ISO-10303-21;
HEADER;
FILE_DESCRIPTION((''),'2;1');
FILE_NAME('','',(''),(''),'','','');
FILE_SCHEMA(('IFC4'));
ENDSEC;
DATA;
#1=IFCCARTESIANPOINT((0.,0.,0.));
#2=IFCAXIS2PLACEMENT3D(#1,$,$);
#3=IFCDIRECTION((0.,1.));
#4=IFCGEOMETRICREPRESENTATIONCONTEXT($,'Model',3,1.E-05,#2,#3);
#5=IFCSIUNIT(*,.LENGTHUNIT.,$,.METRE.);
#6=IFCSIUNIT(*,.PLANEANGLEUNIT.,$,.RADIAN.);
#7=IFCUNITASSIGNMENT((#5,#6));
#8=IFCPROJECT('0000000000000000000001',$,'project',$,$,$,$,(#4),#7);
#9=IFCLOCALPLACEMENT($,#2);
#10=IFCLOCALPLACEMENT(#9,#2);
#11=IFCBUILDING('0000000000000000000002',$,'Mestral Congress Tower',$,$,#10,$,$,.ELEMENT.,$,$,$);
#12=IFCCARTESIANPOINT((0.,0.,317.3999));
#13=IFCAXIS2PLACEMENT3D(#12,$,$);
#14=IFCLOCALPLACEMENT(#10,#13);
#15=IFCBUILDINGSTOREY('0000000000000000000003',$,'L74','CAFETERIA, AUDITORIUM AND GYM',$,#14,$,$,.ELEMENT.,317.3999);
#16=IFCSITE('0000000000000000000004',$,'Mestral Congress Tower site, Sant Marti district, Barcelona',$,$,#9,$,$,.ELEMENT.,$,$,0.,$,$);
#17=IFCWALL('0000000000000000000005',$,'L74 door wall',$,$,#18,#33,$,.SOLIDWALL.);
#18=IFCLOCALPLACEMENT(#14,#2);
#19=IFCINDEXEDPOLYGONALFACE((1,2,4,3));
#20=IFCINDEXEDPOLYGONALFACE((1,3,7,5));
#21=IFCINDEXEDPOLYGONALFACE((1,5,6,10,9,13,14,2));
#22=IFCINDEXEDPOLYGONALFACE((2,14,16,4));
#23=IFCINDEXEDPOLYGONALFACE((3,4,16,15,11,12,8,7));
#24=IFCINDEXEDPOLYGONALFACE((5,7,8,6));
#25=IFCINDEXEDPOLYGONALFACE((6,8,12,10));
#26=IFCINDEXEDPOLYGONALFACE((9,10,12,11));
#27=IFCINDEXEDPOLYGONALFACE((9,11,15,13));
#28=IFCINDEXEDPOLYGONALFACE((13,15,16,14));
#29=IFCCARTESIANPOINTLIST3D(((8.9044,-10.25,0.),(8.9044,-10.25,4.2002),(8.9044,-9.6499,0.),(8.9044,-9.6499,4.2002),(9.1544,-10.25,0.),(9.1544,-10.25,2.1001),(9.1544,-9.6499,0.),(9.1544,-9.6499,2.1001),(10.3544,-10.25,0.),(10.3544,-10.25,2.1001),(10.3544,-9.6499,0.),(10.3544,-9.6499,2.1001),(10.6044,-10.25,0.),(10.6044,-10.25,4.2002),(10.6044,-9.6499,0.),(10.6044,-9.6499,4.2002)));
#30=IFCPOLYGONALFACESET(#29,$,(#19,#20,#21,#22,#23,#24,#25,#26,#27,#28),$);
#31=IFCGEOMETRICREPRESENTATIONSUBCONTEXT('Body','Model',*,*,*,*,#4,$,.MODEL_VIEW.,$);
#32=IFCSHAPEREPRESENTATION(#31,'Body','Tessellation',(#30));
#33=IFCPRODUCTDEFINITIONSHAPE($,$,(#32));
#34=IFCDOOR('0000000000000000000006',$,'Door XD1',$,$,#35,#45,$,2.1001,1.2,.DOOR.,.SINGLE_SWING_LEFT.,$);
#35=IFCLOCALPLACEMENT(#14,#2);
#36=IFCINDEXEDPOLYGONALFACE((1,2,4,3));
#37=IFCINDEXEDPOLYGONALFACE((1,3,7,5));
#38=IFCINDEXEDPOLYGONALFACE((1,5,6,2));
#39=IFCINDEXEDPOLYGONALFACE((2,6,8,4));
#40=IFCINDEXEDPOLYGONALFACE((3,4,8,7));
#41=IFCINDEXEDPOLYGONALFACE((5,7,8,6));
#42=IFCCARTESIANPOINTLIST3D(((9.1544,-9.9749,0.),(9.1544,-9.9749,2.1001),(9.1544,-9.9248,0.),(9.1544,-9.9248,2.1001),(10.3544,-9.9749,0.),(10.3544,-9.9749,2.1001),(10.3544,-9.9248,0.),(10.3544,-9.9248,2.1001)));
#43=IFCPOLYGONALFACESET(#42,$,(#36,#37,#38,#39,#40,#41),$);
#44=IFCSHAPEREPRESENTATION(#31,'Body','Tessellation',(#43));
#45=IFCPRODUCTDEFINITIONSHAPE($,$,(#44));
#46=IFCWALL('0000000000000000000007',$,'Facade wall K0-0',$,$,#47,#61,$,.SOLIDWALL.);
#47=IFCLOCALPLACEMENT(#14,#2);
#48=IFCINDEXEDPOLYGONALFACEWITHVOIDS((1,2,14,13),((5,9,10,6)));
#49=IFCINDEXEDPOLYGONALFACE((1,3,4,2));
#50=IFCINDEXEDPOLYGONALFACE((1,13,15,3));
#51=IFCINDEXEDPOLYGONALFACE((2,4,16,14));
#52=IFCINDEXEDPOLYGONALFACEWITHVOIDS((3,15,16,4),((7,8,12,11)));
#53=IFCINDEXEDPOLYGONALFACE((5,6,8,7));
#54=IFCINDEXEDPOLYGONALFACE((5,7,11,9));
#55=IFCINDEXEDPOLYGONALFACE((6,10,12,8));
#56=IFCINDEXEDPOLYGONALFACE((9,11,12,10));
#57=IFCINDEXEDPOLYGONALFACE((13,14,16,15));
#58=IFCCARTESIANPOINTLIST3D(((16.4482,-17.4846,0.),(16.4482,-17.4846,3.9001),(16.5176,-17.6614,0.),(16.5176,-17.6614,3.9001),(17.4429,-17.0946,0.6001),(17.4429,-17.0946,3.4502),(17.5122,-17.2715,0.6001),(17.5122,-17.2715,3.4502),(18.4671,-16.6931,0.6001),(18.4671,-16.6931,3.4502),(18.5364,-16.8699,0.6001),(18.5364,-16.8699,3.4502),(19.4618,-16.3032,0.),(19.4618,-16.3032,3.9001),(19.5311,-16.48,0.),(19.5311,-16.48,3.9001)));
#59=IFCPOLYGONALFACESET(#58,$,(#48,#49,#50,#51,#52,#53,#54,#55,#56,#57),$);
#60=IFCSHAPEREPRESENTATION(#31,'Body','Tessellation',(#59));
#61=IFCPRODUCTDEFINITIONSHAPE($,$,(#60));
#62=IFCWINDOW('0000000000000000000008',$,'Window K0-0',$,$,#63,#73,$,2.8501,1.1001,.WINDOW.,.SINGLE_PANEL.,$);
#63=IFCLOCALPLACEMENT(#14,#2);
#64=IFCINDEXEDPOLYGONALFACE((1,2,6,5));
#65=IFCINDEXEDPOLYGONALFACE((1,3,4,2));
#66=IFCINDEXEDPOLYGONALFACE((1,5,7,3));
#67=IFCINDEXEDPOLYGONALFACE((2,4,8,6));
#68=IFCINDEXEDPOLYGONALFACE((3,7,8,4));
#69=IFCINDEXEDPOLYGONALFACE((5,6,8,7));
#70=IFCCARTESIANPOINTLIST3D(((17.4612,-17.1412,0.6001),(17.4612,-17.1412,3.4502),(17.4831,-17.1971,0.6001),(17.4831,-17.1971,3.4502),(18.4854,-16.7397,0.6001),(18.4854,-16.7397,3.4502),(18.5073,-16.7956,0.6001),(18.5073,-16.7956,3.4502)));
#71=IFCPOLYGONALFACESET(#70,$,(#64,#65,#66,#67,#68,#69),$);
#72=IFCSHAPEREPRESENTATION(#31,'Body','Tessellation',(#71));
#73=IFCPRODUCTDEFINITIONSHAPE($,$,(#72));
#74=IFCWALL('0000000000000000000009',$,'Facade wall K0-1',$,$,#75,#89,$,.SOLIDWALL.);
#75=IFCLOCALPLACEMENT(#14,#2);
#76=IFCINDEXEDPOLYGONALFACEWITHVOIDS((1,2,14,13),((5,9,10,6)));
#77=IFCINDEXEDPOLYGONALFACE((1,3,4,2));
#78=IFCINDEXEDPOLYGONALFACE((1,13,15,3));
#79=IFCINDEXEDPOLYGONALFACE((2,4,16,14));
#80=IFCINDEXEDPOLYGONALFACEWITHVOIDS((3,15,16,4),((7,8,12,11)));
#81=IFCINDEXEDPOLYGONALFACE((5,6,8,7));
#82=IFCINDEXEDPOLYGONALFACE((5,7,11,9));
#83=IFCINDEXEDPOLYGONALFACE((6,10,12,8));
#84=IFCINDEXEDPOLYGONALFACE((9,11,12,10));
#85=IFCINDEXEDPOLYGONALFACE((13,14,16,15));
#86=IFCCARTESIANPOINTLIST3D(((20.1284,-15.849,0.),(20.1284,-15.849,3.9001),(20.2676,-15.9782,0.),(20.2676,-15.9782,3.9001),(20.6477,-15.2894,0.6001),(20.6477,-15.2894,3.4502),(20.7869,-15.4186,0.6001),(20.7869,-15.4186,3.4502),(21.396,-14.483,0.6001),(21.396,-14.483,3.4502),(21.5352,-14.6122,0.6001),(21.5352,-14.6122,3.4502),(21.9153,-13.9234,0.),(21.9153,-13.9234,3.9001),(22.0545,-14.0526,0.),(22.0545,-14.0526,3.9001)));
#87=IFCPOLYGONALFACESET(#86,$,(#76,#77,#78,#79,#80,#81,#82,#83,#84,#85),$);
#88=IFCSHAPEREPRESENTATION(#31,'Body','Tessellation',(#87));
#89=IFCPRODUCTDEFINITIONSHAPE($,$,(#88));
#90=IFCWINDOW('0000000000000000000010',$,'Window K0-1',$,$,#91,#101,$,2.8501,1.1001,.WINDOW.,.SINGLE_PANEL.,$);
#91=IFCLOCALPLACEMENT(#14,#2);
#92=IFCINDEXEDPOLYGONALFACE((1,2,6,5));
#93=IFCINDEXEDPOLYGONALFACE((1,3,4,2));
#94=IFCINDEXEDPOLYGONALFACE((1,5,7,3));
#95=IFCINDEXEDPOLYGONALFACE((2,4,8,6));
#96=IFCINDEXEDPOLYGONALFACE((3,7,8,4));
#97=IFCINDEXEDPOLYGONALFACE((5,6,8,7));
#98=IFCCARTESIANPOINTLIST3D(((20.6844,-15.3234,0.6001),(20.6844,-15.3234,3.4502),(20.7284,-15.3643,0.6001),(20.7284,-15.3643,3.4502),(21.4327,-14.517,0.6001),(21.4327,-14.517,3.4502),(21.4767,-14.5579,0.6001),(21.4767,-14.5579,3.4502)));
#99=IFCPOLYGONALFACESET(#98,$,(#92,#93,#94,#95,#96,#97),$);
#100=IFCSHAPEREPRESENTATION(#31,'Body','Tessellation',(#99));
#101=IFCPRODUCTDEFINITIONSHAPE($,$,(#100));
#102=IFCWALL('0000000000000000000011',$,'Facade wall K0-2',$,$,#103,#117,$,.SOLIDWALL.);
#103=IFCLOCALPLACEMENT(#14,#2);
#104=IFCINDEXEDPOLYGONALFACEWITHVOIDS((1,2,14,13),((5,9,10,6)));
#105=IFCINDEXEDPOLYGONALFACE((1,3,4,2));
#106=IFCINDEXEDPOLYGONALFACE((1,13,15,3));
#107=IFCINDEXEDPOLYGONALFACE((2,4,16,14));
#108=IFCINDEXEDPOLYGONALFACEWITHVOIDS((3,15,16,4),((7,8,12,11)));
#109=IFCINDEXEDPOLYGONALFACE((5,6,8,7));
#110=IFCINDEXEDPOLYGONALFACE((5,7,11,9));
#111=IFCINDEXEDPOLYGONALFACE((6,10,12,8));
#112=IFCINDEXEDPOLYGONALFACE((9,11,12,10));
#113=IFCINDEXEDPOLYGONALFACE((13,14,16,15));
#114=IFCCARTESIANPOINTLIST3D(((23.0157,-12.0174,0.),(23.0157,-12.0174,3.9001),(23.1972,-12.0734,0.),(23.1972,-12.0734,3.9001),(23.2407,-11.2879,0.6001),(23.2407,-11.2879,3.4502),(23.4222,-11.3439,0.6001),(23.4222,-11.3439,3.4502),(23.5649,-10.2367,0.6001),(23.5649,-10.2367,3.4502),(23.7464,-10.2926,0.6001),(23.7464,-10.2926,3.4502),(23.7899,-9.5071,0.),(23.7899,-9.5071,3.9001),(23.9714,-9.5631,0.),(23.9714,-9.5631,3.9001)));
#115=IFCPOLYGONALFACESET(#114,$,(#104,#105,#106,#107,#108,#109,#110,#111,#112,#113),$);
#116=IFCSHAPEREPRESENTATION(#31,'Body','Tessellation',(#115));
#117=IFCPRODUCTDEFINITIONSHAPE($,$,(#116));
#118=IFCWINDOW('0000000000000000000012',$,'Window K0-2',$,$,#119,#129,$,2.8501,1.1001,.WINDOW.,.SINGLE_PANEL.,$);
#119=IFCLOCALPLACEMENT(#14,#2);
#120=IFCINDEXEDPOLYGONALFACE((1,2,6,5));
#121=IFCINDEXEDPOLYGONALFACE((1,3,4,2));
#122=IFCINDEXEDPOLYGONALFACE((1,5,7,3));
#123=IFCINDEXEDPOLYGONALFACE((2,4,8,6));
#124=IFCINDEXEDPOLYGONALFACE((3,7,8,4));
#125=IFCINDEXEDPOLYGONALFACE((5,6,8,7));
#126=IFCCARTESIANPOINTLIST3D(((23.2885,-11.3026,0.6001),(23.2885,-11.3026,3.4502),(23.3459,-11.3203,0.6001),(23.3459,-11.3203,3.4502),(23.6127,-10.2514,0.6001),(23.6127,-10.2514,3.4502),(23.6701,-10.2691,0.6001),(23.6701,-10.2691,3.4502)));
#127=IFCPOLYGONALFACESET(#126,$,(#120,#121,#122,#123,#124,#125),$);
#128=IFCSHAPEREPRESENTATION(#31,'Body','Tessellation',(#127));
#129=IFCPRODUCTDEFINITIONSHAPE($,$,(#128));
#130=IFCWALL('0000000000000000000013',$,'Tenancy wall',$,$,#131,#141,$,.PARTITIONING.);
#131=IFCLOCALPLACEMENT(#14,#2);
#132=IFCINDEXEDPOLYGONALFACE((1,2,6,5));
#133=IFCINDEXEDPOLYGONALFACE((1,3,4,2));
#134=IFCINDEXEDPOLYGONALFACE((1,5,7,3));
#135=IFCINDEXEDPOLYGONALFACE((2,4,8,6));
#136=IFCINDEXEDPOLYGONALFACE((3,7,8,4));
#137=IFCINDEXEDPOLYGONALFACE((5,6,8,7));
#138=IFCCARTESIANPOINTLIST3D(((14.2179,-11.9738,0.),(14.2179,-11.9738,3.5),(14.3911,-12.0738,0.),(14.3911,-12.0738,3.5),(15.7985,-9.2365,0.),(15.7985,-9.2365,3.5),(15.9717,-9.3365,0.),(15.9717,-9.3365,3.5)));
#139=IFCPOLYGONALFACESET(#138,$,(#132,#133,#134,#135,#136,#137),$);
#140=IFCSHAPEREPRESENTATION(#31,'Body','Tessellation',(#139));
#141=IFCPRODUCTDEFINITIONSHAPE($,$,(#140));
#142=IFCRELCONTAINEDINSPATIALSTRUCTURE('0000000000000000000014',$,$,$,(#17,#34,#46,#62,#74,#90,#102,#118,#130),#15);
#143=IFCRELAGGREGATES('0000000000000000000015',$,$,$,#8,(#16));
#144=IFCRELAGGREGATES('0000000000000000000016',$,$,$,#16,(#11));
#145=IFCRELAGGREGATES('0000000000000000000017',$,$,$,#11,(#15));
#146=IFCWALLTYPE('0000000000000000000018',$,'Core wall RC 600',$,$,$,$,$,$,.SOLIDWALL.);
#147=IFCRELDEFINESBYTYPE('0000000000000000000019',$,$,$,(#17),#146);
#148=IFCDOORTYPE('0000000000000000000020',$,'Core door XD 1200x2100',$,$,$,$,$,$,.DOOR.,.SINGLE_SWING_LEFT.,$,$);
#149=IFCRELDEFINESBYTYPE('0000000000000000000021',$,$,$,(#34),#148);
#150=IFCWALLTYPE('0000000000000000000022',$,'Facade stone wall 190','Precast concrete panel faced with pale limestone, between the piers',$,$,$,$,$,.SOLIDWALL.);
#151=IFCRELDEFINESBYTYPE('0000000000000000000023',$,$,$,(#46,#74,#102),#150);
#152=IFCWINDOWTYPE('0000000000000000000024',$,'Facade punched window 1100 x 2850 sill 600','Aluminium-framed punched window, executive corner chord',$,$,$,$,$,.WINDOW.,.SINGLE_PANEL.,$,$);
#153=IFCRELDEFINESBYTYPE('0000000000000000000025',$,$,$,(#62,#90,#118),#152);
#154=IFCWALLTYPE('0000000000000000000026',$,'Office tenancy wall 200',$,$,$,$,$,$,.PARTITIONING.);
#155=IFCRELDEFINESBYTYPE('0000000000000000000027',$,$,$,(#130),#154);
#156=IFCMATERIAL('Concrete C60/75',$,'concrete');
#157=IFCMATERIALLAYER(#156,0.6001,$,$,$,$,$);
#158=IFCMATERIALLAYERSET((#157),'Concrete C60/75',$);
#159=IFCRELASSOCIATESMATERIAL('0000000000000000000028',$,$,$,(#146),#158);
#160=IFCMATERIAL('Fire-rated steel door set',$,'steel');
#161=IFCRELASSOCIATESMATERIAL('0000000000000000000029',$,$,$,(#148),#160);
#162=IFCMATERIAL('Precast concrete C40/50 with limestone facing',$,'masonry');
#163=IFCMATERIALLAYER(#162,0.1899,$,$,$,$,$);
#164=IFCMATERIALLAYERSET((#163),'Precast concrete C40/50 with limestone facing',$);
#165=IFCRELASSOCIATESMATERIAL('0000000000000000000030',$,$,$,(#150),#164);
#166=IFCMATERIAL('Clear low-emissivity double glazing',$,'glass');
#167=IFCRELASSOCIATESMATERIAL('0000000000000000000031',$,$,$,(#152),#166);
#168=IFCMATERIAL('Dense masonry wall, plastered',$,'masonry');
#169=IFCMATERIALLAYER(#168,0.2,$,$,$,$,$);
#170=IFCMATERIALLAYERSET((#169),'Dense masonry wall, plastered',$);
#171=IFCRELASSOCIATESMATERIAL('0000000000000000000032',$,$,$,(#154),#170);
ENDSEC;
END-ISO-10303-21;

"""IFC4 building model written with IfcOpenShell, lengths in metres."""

from ifc_helpers import new_model, si_unit, direction, frame, frame_2d, origin, place, context, subcontext, project, spatial, rectangle, extrude, material, layer, layer_set, type_object, element, fill, save


model = new_model("IFC4")

# Units and contexts
model_context = context("Model", 3, precision=1e-05, world=origin(), true_north=direction((0.0, 1.0)))
body_context = subcontext(model_context, "Body", "Model", "MODEL_VIEW")
ifc_project = project(units=[si_unit("LENGTHUNIT", "METRE"), si_unit("PLANEANGLEUNIT", "RADIAN")], contexts=[model_context])

# Site, building, storey
site_placement = place(None, origin())
site = spatial("IfcSite", under=ifc_project, at=site_placement, Name="Mestral Congress Tower site, Sant Marti district, Barcelona", CompositionType="ELEMENT", RefElevation=0.0)
building_placement = place(site_placement, origin())
building = spatial("IfcBuilding", under=site, at=building_placement, Name="Mestral Congress Tower", CompositionType="ELEMENT")
storey_placement = place(building_placement, frame((0.0, 0.0, 317.3999)))
storey = spatial("IfcBuildingStorey", under=building, at=storey_placement, Name="L74", Description="CAFETERIA, AUDITORIUM AND GYM", CompositionType="ELEMENT", Elevation=317.3999)

# Shared definitions
ifc_material_1 = material(Name="Concrete C60/75", Category="concrete")

# Shared definitions
ifc_layer_1 = layer(ifc_material_1, 0.6001)
ifc_layer_set_1 = layer_set([ifc_layer_1], Name="Concrete C60/75")
wall_type_1 = type_object("IfcWallType", Name="Core wall RC 600", PredefinedType="SOLIDWALL", material=ifc_layer_set_1)

# Wall, opening, door
wall_1_placement = place(storey_placement, frame((10.6045, -9.95, 0.0), z_axis=(0.0, 0.0, 1.0), x_axis=(-1.0, 0.0, 0.0)))
wall_1 = element("IfcWall", 1, at=wall_1_placement, inside=storey, type_object=wall_type_1, Name="L74 door wall", PredefinedType="SOLIDWALL", context=body_context, shape_type="SweptSolid", body=[
    extrude(rectangle(XDim=1.7, YDim=0.6001, at=frame_2d((0.8501, 0.0))), origin(), (0.0, 0.0, 1.0), 4.2002),
])
opening_1_placement = place(wall_1_placement, frame((0.25, 0.0, 0.0)))
opening_1 = element("IfcOpeningElement", 2, at=opening_1_placement, cuts=wall_1, PredefinedType="OPENING", context=body_context, shape_type="SweptSolid", body=[
    extrude(rectangle(XDim=1.2, YDim=2.1001, at=frame_2d((0.6001, 1.05))), frame((0.0, 0.3101, 0.0), z_axis=(0.0, -1.0, 0.0), x_axis=(1.0, 0.0, 0.0)), (0.0, 0.0, 1.0), 0.6201),
])
ifc_material_2 = material(Name="Fire-rated steel door set", Category="steel")
door_type = type_object("IfcDoorType", Name="Core door XD 1200x2100", OperationType="SINGLE_SWING_LEFT", PredefinedType="DOOR", material=ifc_material_2)
door_placement = place(opening_1_placement, origin())
door = element("IfcDoor", 3, at=door_placement, inside=storey, type_object=door_type, Name="Door XD1", OperationType="SINGLE_SWING_LEFT", OverallHeight=2.1001, OverallWidth=1.2, PredefinedType="DOOR", context=body_context, shape_type="SweptSolid", body=[
    extrude(rectangle(XDim=1.2, YDim=2.1001, at=frame_2d((0.6001, 1.05))), frame((0.0, 0.0249, 0.0), z_axis=(0.0, -1.0, 0.0), x_axis=(1.0, 0.0, 0.0)), (0.0, 0.0, 1.0), 0.05),
])
fill(opening_1, door)

# Walls, openings, windows
ifc_material_3 = material(Name="Precast concrete C40/50 with limestone facing", Category="masonry")
ifc_layer_2 = layer(ifc_material_3, 0.1899)
ifc_layer_set_2 = layer_set([ifc_layer_2], Name="Precast concrete C40/50 with limestone facing")
wall_type_2 = type_object("IfcWallType", Name="Facade stone wall 190", Description="Precast concrete panel faced with pale limestone, between the piers", PredefinedType="SOLIDWALL", material=ifc_layer_set_2)
wall_2_placement = place(storey_placement, frame((16.4829, -17.573, 0.0), z_axis=(0.0, 0.0, 1.0), x_axis=(0.931009, 0.364997, 0.0)))
wall_2 = element("IfcWall", 4, at=wall_2_placement, inside=storey, type_object=wall_type_2, Name="Facade wall K0-0", PredefinedType="SOLIDWALL", context=body_context, shape_type="SweptSolid", body=[
    extrude(rectangle(XDim=3.2368, YDim=0.1899, at=frame_2d((1.6184, 0.0))), origin(), (0.0, 0.0, 1.0), 3.9001),
])
opening_2_placement = place(wall_2_placement, frame((1.0684, 0.0, 0.6001)))
opening_2 = element("IfcOpeningElement", 5, at=opening_2_placement, cuts=wall_2, PredefinedType="OPENING", context=body_context, shape_type="SweptSolid", body=[
    extrude(rectangle(XDim=1.1001, YDim=2.8501, at=frame_2d((0.55, 1.425))), frame((0.0, 0.105, 0.0), z_axis=(0.0, -1.0, 0.0), x_axis=(1.0, 0.0, 0.0)), (0.0, 0.0, 1.0), 0.21),
])
ifc_material_4 = material(Name="Clear low-emissivity double glazing", Category="glass")
window_type = type_object("IfcWindowType", Name="Facade punched window 1100 x 2850 sill 600", Description="Aluminium-framed punched window, executive corner chord", PartitioningType="SINGLE_PANEL", PredefinedType="WINDOW", material=ifc_material_4)
window_1_placement = place(opening_2_placement, origin())
window_1 = element("IfcWindow", 6, at=window_1_placement, inside=storey, type_object=window_type, Name="Window K0-0", OverallHeight=2.8501, OverallWidth=1.1001, PartitioningType="SINGLE_PANEL", PredefinedType="WINDOW", context=body_context, shape_type="SweptSolid", body=[
    extrude(rectangle(XDim=1.1001, YDim=2.8501, at=frame_2d((0.55, 1.425))), frame((0.0, 0.0449, 0.0), z_axis=(0.0, -1.0, 0.0), x_axis=(1.0, 0.0, 0.0)), (0.0, 0.0, 1.0), 0.0601),
])
fill(opening_2, window_1)
wall_3_placement = place(storey_placement, frame((20.198, -15.9136, 0.0), z_axis=(0.0, 0.0, 1.0), x_axis=(0.680219, 0.733009, 0.0)))
wall_3 = element("IfcWall", 7, at=wall_3_placement, inside=storey, type_object=wall_type_2, Name="Facade wall K0-1", PredefinedType="SOLIDWALL", context=body_context, shape_type="SweptSolid", body=[
    extrude(rectangle(XDim=2.627, YDim=0.1899, at=frame_2d((1.3135, 0.0))), origin(), (0.0, 0.0, 1.0), 3.9001),
])
opening_3_placement = place(wall_3_placement, frame((0.7634, 0.0, 0.6001)))
opening_3 = element("IfcOpeningElement", 8, at=opening_3_placement, cuts=wall_3, PredefinedType="OPENING", context=body_context, shape_type="SweptSolid", body=[
    extrude(rectangle(XDim=1.1001, YDim=2.8501, at=frame_2d((0.55, 1.425))), frame((0.0, 0.105, 0.0), z_axis=(0.0, -1.0, 0.0), x_axis=(1.0, 0.0, 0.0)), (0.0, 0.0, 1.0), 0.21),
])
window_2_placement = place(opening_3_placement, origin())
window_2 = element("IfcWindow", 9, at=window_2_placement, inside=storey, type_object=window_type, Name="Window K0-1", OverallHeight=2.8501, OverallWidth=1.1001, PartitioningType="SINGLE_PANEL", PredefinedType="WINDOW", context=body_context, shape_type="SweptSolid", body=[
    extrude(rectangle(XDim=1.1001, YDim=2.8501, at=frame_2d((0.55, 1.425))), frame((0.0, 0.0449, 0.0), z_axis=(0.0, -1.0, 0.0), x_axis=(1.0, 0.0, 0.0)), (0.0, 0.0, 1.0), 0.0601),
])
fill(opening_3, window_2)
wall_4_placement = place(storey_placement, frame((23.1064, -12.0454, 0.0), z_axis=(0.0, 0.0, 1.0), x_axis=(0.294706, 0.955588, 0.0)))
wall_4 = element("IfcWall", 10, at=wall_4_placement, inside=storey, type_object=wall_type_2, Name="Facade wall K0-2", PredefinedType="SOLIDWALL", context=body_context, shape_type="SweptSolid", body=[
    extrude(rectangle(XDim=2.627, YDim=0.1899, at=frame_2d((1.3135, 0.0))), origin(), (0.0, 0.0, 1.0), 3.9001),
])
opening_4_placement = place(wall_4_placement, frame((0.7634, 0.0, 0.6001)))
opening_4 = element("IfcOpeningElement", 11, at=opening_4_placement, cuts=wall_4, PredefinedType="OPENING", context=body_context, shape_type="SweptSolid", body=[
    extrude(rectangle(XDim=1.1001, YDim=2.8501, at=frame_2d((0.55, 1.425))), frame((0.0, 0.105, 0.0), z_axis=(0.0, -1.0, 0.0), x_axis=(1.0, 0.0, 0.0)), (0.0, 0.0, 1.0), 0.21),
])
window_3_placement = place(opening_4_placement, origin())
window_3 = element("IfcWindow", 12, at=window_3_placement, inside=storey, type_object=window_type, Name="Window K0-2", OverallHeight=2.8501, OverallWidth=1.1001, PartitioningType="SINGLE_PANEL", PredefinedType="WINDOW", context=body_context, shape_type="SweptSolid", body=[
    extrude(rectangle(XDim=1.1001, YDim=2.8501, at=frame_2d((0.55, 1.425))), frame((0.0, 0.0449, 0.0), z_axis=(0.0, -1.0, 0.0), x_axis=(1.0, 0.0, 0.0)), (0.0, 0.0, 1.0), 0.0601),
])
fill(opening_4, window_3)

# Wall
ifc_material_5 = material(Name="Dense masonry wall, plastered", Category="masonry")
ifc_layer_3 = layer(ifc_material_5, 0.2)
ifc_layer_set_3 = layer_set([ifc_layer_3], Name="Dense masonry wall, plastered")
wall_type_3 = type_object("IfcWallType", Name="Office tenancy wall 200", PredefinedType="PARTITIONING", material=ifc_layer_set_3)
wall_5_placement = place(storey_placement, frame((14.3044, -12.0239, 0.0), z_axis=(0.0, 0.0, 1.0), x_axis=(0.500043, 0.866, 0.0)))
element("IfcWall", 13, at=wall_5_placement, inside=storey, type_object=wall_type_3, Name="Tenancy wall", PredefinedType="PARTITIONING", context=body_context, shape_type="SweptSolid", body=[
    extrude(rectangle(XDim=3.1609, YDim=0.2, at=frame_2d((1.5806, 0.0))), origin(), (0.0, 0.0, 1.0), 3.5),
])

save(model, "model.ifc")
